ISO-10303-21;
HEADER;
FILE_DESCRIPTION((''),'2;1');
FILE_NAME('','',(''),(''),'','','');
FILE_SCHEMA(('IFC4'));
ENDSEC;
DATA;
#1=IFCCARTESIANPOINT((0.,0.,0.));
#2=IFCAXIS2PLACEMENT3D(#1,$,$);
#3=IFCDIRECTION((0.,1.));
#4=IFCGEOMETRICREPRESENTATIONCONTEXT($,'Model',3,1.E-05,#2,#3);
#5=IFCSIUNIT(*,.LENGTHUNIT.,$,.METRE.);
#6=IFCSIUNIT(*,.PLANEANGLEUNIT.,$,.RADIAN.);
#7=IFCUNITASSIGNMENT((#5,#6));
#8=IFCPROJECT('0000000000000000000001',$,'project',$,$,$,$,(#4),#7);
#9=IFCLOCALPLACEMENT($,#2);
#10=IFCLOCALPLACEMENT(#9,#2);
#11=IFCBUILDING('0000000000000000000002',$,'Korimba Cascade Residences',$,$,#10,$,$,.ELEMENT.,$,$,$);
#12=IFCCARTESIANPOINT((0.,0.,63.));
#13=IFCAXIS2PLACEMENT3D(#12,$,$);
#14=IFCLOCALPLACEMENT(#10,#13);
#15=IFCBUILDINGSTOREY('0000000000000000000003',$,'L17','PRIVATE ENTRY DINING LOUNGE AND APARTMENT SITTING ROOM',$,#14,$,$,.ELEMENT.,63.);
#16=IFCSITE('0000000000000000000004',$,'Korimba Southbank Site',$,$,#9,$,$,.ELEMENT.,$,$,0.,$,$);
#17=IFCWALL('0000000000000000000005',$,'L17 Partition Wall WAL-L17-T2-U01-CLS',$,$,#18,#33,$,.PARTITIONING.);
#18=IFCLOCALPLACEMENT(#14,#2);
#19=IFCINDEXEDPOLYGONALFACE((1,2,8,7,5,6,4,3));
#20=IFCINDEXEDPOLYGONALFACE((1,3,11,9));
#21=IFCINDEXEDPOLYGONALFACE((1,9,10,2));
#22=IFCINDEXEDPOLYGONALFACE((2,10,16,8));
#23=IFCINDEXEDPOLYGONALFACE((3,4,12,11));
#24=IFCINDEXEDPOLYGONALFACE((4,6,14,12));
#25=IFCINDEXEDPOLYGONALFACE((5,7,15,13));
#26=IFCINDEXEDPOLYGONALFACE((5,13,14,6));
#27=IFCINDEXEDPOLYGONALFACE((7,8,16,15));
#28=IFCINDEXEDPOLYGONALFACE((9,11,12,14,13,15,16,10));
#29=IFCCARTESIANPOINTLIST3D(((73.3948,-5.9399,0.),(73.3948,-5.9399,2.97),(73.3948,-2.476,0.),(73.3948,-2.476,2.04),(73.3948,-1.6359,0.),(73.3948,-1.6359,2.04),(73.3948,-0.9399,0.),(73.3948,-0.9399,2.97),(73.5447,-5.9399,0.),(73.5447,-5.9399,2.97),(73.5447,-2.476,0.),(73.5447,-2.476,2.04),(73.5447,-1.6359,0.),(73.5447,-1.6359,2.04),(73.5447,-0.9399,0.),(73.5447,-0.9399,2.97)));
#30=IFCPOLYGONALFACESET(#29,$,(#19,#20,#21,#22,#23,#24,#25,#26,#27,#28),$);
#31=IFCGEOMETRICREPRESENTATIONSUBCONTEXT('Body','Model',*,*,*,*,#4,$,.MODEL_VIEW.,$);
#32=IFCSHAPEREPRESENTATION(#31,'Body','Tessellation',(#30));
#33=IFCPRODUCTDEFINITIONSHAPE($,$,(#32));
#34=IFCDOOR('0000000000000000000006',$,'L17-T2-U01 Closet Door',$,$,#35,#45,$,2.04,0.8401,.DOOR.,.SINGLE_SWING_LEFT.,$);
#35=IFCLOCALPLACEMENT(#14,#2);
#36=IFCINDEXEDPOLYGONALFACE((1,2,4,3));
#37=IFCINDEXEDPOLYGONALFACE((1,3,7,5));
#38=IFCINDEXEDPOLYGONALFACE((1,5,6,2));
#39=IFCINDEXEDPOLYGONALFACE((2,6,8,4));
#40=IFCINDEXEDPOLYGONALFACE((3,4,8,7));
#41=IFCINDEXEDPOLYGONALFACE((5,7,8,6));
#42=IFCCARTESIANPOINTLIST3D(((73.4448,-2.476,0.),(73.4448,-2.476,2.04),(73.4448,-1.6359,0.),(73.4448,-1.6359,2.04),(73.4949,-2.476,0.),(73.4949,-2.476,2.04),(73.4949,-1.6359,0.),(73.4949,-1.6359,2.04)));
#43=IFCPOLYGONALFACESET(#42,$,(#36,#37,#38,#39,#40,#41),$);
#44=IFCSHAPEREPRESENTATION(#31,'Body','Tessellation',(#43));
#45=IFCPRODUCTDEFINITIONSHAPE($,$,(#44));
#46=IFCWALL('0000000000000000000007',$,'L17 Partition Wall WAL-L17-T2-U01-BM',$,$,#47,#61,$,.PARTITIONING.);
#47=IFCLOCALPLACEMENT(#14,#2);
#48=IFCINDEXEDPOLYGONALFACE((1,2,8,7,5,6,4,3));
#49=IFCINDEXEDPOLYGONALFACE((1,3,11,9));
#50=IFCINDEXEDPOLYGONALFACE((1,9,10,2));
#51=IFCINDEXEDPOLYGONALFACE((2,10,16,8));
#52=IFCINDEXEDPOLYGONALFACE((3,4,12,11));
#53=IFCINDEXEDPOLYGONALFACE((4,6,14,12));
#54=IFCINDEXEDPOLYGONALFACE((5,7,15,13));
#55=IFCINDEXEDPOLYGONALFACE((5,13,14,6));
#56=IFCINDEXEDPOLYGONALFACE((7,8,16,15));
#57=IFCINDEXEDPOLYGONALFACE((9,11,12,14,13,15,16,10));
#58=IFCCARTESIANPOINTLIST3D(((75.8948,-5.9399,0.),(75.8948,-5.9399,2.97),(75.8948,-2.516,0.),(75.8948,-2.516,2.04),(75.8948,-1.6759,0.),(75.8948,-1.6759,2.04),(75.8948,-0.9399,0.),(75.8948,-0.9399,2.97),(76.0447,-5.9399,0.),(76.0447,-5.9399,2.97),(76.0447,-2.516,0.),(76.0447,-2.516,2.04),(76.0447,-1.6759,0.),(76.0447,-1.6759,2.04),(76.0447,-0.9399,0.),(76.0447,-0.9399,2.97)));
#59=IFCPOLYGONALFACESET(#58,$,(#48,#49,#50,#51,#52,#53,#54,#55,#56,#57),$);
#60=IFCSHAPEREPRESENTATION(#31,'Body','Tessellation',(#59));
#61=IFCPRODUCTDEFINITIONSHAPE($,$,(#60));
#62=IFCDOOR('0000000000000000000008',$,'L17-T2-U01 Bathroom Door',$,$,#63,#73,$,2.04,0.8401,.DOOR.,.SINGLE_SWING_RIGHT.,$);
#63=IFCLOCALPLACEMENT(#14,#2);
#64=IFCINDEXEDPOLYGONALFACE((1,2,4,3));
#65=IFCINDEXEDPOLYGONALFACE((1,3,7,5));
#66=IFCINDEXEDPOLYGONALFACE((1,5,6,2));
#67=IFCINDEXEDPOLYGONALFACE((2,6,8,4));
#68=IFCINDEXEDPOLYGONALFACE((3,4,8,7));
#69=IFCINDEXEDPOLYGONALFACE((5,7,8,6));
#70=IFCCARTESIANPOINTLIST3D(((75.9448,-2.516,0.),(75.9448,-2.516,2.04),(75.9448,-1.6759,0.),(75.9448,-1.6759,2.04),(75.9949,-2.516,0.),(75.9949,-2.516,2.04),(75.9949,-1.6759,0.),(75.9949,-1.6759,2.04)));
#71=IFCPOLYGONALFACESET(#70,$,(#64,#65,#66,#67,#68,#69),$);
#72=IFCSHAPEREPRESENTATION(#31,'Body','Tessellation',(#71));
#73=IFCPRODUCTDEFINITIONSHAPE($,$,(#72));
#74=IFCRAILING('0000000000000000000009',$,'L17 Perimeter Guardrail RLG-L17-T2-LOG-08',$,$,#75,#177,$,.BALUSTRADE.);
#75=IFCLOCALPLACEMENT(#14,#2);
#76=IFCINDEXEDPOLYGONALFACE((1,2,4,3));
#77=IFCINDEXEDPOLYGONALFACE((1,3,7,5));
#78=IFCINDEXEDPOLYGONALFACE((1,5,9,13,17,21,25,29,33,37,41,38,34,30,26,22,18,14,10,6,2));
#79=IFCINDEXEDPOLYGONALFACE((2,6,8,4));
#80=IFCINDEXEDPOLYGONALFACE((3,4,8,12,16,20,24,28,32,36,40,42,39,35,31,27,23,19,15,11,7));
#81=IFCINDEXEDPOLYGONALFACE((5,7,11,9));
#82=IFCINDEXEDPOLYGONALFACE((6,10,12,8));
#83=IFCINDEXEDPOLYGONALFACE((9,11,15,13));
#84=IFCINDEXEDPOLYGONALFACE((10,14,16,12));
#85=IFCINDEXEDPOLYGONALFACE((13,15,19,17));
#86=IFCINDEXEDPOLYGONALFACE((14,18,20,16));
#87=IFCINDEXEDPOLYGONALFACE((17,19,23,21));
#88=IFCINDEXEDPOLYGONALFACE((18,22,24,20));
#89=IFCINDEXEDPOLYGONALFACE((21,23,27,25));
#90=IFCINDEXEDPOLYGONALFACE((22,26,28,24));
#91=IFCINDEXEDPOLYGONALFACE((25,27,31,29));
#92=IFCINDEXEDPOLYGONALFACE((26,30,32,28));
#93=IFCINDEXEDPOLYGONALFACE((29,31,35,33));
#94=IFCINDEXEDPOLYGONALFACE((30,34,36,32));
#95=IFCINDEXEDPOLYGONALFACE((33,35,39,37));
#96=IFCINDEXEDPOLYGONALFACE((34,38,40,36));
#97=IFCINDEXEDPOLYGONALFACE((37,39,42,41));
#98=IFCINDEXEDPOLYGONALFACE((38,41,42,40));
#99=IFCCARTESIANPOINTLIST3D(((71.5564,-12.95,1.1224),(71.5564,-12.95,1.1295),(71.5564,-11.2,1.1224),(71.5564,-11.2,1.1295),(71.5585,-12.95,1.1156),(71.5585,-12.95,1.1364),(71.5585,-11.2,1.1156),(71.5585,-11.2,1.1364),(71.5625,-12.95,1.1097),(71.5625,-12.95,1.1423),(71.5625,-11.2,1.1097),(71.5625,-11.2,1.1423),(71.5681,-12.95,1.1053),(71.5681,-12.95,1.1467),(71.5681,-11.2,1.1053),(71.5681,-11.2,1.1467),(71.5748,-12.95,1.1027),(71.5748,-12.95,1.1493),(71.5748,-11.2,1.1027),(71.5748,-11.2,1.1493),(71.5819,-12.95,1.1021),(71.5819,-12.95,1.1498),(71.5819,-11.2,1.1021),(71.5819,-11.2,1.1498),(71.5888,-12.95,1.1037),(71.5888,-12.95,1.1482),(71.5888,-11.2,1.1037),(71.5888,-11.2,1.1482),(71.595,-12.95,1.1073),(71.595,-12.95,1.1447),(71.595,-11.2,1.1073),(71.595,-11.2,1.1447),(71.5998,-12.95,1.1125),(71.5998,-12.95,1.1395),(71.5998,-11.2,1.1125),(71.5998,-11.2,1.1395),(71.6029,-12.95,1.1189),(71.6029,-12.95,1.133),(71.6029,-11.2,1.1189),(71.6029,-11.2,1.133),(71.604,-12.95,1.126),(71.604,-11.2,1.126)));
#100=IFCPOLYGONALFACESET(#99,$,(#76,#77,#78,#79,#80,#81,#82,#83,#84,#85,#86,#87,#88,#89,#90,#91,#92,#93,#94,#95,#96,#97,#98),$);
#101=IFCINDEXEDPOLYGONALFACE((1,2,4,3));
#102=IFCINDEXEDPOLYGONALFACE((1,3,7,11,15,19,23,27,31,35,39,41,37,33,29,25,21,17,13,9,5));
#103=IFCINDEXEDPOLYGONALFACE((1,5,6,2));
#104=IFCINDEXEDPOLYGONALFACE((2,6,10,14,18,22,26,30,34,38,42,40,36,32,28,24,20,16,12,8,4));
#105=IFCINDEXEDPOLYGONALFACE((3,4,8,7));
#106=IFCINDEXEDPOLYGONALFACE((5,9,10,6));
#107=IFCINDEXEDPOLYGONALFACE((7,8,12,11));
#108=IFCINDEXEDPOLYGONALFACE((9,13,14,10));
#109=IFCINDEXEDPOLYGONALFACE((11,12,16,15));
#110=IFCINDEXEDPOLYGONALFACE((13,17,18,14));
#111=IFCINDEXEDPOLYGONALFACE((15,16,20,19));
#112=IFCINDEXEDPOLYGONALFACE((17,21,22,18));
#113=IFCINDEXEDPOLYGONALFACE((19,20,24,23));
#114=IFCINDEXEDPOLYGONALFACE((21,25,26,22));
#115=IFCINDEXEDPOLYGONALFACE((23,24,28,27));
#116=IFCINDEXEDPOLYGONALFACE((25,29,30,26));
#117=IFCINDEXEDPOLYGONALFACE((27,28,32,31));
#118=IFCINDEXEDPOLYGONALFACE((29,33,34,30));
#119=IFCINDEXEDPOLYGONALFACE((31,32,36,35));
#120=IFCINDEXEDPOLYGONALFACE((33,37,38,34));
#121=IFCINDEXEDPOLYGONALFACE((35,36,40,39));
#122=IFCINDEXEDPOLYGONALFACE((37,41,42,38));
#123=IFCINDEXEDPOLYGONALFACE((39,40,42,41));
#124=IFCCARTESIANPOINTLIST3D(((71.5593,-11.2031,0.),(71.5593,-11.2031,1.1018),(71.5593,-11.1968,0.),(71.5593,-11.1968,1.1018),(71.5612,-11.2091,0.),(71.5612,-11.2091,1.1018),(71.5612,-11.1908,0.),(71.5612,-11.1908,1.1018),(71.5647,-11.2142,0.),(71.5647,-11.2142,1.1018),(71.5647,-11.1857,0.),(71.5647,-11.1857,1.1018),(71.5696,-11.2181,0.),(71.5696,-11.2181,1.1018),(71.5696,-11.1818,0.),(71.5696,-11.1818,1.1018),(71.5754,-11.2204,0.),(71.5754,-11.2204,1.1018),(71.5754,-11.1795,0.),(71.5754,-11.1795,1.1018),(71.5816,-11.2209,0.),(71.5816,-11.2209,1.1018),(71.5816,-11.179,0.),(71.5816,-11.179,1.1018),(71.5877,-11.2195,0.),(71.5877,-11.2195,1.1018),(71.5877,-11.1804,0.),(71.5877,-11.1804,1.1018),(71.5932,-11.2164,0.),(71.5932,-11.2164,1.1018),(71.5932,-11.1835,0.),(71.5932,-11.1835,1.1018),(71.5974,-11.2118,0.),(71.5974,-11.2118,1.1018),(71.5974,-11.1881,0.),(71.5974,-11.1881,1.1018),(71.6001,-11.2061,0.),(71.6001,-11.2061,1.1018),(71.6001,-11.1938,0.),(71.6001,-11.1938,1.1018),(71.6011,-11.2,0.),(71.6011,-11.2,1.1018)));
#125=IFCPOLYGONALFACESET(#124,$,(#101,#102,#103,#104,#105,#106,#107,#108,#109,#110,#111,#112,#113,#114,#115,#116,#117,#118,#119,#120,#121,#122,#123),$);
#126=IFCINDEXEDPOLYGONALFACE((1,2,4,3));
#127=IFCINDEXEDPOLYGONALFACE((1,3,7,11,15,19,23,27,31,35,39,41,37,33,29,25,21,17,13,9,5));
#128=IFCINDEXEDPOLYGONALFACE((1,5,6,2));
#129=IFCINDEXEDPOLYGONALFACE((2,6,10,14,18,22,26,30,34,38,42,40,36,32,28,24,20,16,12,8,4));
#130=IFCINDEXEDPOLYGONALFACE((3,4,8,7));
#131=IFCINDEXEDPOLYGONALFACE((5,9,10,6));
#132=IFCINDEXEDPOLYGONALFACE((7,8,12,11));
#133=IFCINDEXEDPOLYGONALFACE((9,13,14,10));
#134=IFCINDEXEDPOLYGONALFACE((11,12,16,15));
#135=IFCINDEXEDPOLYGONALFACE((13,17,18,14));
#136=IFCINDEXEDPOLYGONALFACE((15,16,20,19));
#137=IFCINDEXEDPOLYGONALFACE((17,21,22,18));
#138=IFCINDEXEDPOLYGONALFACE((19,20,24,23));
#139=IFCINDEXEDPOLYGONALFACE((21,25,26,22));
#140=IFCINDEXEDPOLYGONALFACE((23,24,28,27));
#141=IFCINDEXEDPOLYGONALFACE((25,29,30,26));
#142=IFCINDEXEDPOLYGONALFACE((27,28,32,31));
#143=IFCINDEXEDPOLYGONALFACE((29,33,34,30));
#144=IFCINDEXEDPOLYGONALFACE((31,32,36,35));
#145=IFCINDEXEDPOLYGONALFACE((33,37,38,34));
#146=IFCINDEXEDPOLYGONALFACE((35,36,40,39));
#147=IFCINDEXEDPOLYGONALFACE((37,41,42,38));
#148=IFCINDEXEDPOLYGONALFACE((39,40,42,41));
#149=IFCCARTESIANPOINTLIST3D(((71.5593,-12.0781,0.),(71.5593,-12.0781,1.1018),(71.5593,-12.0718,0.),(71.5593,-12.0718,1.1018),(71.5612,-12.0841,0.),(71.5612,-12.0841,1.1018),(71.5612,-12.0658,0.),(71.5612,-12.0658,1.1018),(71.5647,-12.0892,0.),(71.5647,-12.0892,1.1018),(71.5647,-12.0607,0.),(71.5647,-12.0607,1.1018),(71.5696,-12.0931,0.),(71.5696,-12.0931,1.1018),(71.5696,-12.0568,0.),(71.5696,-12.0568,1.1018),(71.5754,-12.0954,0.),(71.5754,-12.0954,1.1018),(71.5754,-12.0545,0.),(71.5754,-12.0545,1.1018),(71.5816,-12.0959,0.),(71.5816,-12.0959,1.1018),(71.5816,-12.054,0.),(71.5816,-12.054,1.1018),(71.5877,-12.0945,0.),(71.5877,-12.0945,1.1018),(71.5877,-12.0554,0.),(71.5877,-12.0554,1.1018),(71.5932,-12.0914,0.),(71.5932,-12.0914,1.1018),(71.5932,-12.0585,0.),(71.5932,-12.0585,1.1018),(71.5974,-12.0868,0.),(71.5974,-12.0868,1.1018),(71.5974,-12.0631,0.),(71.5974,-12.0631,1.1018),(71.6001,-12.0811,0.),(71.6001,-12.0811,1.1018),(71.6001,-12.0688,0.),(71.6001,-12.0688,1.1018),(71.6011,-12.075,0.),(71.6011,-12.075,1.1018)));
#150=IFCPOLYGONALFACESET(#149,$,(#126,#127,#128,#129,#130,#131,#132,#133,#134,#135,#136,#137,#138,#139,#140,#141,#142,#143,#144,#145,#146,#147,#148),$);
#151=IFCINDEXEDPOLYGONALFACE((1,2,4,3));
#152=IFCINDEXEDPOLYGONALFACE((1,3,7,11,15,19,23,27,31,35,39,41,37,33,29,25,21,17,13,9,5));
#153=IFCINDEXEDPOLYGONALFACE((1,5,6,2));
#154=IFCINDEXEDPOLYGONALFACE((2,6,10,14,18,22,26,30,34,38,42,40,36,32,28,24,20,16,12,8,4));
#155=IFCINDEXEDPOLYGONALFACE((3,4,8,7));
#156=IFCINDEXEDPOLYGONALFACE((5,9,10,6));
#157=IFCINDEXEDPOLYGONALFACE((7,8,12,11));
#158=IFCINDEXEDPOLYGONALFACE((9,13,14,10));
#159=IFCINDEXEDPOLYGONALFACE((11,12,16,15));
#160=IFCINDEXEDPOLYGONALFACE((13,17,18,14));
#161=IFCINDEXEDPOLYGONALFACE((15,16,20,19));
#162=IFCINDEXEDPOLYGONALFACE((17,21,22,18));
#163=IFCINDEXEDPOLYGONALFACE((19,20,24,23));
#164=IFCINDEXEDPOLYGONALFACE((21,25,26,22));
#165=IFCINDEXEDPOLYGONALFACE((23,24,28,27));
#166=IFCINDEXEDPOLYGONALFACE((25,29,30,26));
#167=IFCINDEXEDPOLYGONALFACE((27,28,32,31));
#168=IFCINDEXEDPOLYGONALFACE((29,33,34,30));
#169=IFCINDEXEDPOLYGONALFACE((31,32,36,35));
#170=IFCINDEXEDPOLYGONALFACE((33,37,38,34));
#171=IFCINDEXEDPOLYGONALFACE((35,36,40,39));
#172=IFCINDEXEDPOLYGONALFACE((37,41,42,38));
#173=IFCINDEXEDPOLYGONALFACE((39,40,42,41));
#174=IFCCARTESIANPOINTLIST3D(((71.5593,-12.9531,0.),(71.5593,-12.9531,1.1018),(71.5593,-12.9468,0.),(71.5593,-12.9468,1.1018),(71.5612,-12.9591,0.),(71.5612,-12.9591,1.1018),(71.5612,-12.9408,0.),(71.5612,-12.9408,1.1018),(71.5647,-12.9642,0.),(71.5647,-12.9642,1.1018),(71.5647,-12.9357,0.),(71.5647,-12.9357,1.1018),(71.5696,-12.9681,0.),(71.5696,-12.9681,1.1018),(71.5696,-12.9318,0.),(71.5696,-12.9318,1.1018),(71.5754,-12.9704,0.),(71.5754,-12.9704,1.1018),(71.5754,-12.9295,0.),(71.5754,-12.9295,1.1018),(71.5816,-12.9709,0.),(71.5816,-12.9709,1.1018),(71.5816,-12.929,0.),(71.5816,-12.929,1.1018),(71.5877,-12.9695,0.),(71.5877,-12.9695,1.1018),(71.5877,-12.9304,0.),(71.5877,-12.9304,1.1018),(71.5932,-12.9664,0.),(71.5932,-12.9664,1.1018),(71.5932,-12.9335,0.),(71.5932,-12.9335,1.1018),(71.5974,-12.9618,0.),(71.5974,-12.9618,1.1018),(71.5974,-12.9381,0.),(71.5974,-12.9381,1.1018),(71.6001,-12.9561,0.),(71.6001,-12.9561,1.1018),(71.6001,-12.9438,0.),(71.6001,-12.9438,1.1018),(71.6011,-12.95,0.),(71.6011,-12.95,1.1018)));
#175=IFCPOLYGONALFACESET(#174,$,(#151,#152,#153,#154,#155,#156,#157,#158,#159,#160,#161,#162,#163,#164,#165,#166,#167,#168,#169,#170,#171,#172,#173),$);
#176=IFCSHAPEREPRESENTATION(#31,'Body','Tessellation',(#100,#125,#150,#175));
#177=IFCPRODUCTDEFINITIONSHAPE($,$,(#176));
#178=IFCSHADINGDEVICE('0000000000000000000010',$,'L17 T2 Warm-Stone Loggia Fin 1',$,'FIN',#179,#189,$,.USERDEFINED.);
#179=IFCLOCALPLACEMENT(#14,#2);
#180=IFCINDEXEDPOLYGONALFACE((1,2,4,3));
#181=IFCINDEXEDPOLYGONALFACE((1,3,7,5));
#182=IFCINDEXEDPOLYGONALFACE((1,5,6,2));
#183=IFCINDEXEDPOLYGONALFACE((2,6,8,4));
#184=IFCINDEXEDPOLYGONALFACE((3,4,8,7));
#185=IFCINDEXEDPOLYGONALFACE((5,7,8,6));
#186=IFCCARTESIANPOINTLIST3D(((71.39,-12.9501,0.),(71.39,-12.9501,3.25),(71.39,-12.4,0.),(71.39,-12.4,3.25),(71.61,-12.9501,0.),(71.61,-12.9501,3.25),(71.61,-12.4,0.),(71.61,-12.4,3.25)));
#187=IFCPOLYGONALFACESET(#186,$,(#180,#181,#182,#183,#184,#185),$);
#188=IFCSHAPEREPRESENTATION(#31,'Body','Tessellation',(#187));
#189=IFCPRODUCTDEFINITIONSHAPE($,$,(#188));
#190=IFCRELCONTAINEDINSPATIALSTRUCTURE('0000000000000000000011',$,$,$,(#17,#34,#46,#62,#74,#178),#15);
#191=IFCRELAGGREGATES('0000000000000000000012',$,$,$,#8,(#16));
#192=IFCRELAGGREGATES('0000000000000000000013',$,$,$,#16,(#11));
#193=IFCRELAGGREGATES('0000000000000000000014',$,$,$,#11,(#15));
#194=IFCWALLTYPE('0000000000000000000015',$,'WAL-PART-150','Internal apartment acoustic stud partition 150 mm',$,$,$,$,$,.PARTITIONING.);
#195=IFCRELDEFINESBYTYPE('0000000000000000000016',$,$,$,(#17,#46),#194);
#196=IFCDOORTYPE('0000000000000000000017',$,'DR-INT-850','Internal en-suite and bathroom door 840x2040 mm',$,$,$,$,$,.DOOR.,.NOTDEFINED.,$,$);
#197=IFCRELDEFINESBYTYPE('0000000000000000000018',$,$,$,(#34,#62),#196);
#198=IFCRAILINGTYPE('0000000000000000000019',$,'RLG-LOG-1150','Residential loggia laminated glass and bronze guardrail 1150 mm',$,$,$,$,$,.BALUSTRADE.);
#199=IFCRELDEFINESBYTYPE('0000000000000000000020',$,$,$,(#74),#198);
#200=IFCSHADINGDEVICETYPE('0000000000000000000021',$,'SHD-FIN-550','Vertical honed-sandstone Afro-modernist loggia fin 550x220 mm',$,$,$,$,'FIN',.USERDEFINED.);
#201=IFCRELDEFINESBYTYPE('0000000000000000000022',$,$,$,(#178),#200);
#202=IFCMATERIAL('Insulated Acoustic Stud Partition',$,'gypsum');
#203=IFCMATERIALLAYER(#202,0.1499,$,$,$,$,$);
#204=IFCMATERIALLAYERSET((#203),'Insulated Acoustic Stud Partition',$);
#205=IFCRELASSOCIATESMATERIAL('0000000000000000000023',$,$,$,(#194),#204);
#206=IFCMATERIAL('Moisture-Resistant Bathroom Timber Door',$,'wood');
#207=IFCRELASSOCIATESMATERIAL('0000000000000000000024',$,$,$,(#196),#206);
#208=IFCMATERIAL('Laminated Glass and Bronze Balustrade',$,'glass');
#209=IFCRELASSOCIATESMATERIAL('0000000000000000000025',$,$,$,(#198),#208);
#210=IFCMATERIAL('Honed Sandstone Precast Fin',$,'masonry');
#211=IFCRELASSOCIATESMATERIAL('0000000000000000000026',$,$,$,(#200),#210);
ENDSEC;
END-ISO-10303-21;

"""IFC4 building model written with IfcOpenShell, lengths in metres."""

from ifc_helpers import new_model, si_unit, direction, frame, frame_2d, origin, origin_2d, place, context, subcontext, project, spatial, rectangle, circle, extrude, material, layer, layer_set, type_object, element, fill, save


model = new_model("IFC4")

# Units and contexts
model_context = context("Model", 3, precision=1e-05, world=origin(), true_north=direction((0.0, 1.0)))
body_context = subcontext(model_context, "Body", "Model", "MODEL_VIEW")
ifc_project = project(units=[si_unit("LENGTHUNIT", "METRE"), si_unit("PLANEANGLEUNIT", "RADIAN")], contexts=[model_context])

# Site, building, storey
site_placement = place(None, origin())
site = spatial("IfcSite", under=ifc_project, at=site_placement, Name="Korimba Southbank Site", CompositionType="ELEMENT", RefElevation=0.0)
building_placement = place(site_placement, origin())
building = spatial("IfcBuilding", under=site, at=building_placement, Name="Korimba Cascade Residences", CompositionType="ELEMENT")
storey_placement = place(building_placement, frame((0.0, 0.0, 63.0)))
storey = spatial("IfcBuildingStorey", under=building, at=storey_placement, Name="L17", Description="PRIVATE ENTRY DINING LOUNGE AND APARTMENT SITTING ROOM", CompositionType="ELEMENT", Elevation=63.0)

# Walls, openings, doors
ifc_material_1 = material(Name="Insulated Acoustic Stud Partition", Category="gypsum")
ifc_layer_1 = layer(ifc_material_1, 0.1499)
ifc_layer_set_1 = layer_set([ifc_layer_1], Name="Insulated Acoustic Stud Partition")
wall_type_1 = type_object("IfcWallType", Name="WAL-PART-150", Description="Internal apartment acoustic stud partition 150 mm", PredefinedType="PARTITIONING", material=ifc_layer_set_1)
ifc_material_2 = material(Name="Moisture-Resistant Bathroom Timber Door", Category="wood")
door_type_1 = type_object("IfcDoorType", Name="DR-INT-850", Description="Internal en-suite and bathroom door 840x2040 mm", OperationType="NOTDEFINED", PredefinedType="DOOR", material=ifc_material_2)
wall_1_placement = place(storey_placement, frame((73.4697, -5.9399, 0.0), z_axis=(0.0, 0.0, 1.0), x_axis=(0.0, 1.0, 0.0)))
wall_1 = element("IfcWall", 1, at=wall_1_placement, inside=storey, type_object=wall_type_1, Name="L17 Partition Wall WAL-L17-T2-U01-CLS", PredefinedType="PARTITIONING", context=body_context, shape_type="SweptSolid", body=[
    extrude(rectangle(XDim=5.0, YDim=0.1499, at=frame_2d((2.5, 0.0))), origin(), (0.0, 0.0, 1.0), 2.97),
])
opening_1_placement = place(wall_1_placement, frame((3.4641, 0.0, 0.0)))
opening_1 = element("IfcOpeningElement", 2, at=opening_1_placement, cuts=wall_1, PredefinedType="OPENING", context=body_context, shape_type="SweptSolid", body=[
    extrude(rectangle(XDim=0.8401, YDim=2.04, at=frame_2d((0.4199, 1.02))), frame((0.0, 0.085, 0.0), z_axis=(0.0, -1.0, 0.0), x_axis=(1.0, 0.0, 0.0)), (0.0, 0.0, 1.0), 0.1699),
])
door_1_placement = place(opening_1_placement, origin())
door_1 = element("IfcDoor", 3, at=door_1_placement, inside=storey, type_object=door_type_1, Name="L17-T2-U01 Closet Door", OperationType="SINGLE_SWING_LEFT", OverallHeight=2.04, OverallWidth=0.8401, PredefinedType="DOOR", context=body_context, shape_type="SweptSolid", body=[
    extrude(rectangle(XDim=0.8401, YDim=2.04, at=frame_2d((0.4199, 1.02))), frame((0.0, 0.0249, 0.0), z_axis=(0.0, -1.0, 0.0), x_axis=(1.0, 0.0, 0.0)), (0.0, 0.0, 1.0), 0.05),
])
fill(opening_1, door_1)
wall_2_placement = place(storey_placement, frame((75.9697, -5.9399, 0.0), z_axis=(0.0, 0.0, 1.0), x_axis=(0.0, 1.0, 0.0)))
wall_2 = element("IfcWall", 4, at=wall_2_placement, inside=storey, type_object=wall_type_1, Name="L17 Partition Wall WAL-L17-T2-U01-BM", PredefinedType="PARTITIONING", context=body_context, shape_type="SweptSolid", body=[
    extrude(rectangle(XDim=5.0, YDim=0.1499, at=frame_2d((2.5, 0.0))), origin(), (0.0, 0.0, 1.0), 2.97),
])
opening_2_placement = place(wall_2_placement, frame((3.4241, 0.0, 0.0)))
opening_2 = element("IfcOpeningElement", 5, at=opening_2_placement, cuts=wall_2, PredefinedType="OPENING", context=body_context, shape_type="SweptSolid", body=[
    extrude(rectangle(XDim=0.8401, YDim=2.04, at=frame_2d((0.4199, 1.02))), frame((0.0, 0.085, 0.0), z_axis=(0.0, -1.0, 0.0), x_axis=(1.0, 0.0, 0.0)), (0.0, 0.0, 1.0), 0.1699),
])
door_2_placement = place(opening_2_placement, origin())
door_2 = element("IfcDoor", 6, at=door_2_placement, inside=storey, type_object=door_type_1, Name="L17-T2-U01 Bathroom Door", OperationType="SINGLE_SWING_RIGHT", OverallHeight=2.04, OverallWidth=0.8401, PredefinedType="DOOR", context=body_context, shape_type="SweptSolid", body=[
    extrude(rectangle(XDim=0.8401, YDim=2.04, at=frame_2d((0.4199, 1.02))), frame((0.0, 0.0249, 0.0), z_axis=(0.0, -1.0, 0.0), x_axis=(1.0, 0.0, 0.0)), (0.0, 0.0, 1.0), 0.05),
])
fill(opening_2, door_2)

# Railing
ifc_material_3 = material(Name="Laminated Glass and Bronze Balustrade", Category="glass")
railing_type = type_object("IfcRailingType", Name="RLG-LOG-1150", Description="Residential loggia laminated glass and bronze guardrail 1150 mm", PredefinedType="BALUSTRADE", material=ifc_material_3)
railing_1_placement = place(storey_placement, frame((71.5801, -11.2, 0.0)))
element("IfcRailing", 7, at=railing_1_placement, inside=storey, type_object=railing_type, Name="L17 Perimeter Guardrail RLG-L17-T2-LOG-08", PredefinedType="BALUSTRADE", context=body_context, shape_type="SweptSolid", body=[
    extrude(circle(Radius=0.0239, at=origin_2d()), frame((0.0, 0.0, 1.126), z_axis=(0.0, -1.0, 0.0), x_axis=(1.0, 0.0, 0.0)), (0.0, 0.0, 1.0), 1.75),
    extrude(circle(Radius=0.021, at=origin_2d()), origin(), (0.0, 0.0, 1.0), 1.1018),
    extrude(circle(Radius=0.021, at=origin_2d()), frame((0.0, -0.875, 0.0)), (0.0, 0.0, 1.0), 1.1018),
    extrude(circle(Radius=0.021, at=origin_2d()), frame((0.0, -1.75, 0.0)), (0.0, 0.0, 1.0), 1.1018),
])

# Shading device
ifc_material_4 = material(Name="Honed Sandstone Precast Fin", Category="masonry")
shading_device_type = type_object("IfcShadingDeviceType", Name="SHD-FIN-550", Description="Vertical honed-sandstone Afro-modernist loggia fin 550x220 mm", ElementType="FIN", PredefinedType="USERDEFINED", material=ifc_material_4)
shading_device_placement = place(storey_placement, frame((71.5, -12.675, 0.0), z_axis=(0.0, 0.0, 1.0), x_axis=(1.0, 0.0, 0.0)))
element("IfcShadingDevice", 8, at=shading_device_placement, inside=storey, type_object=shading_device_type, Name="L17 T2 Warm-Stone Loggia Fin 1", ObjectType="FIN", PredefinedType="USERDEFINED", context=body_context, shape_type="SweptSolid", body=[
    extrude(rectangle(XDim=0.22, YDim=0.55, at=origin_2d()), origin(), (0.0, 0.0, 1.0), 3.25),
])

save(model, "model.ifc")
